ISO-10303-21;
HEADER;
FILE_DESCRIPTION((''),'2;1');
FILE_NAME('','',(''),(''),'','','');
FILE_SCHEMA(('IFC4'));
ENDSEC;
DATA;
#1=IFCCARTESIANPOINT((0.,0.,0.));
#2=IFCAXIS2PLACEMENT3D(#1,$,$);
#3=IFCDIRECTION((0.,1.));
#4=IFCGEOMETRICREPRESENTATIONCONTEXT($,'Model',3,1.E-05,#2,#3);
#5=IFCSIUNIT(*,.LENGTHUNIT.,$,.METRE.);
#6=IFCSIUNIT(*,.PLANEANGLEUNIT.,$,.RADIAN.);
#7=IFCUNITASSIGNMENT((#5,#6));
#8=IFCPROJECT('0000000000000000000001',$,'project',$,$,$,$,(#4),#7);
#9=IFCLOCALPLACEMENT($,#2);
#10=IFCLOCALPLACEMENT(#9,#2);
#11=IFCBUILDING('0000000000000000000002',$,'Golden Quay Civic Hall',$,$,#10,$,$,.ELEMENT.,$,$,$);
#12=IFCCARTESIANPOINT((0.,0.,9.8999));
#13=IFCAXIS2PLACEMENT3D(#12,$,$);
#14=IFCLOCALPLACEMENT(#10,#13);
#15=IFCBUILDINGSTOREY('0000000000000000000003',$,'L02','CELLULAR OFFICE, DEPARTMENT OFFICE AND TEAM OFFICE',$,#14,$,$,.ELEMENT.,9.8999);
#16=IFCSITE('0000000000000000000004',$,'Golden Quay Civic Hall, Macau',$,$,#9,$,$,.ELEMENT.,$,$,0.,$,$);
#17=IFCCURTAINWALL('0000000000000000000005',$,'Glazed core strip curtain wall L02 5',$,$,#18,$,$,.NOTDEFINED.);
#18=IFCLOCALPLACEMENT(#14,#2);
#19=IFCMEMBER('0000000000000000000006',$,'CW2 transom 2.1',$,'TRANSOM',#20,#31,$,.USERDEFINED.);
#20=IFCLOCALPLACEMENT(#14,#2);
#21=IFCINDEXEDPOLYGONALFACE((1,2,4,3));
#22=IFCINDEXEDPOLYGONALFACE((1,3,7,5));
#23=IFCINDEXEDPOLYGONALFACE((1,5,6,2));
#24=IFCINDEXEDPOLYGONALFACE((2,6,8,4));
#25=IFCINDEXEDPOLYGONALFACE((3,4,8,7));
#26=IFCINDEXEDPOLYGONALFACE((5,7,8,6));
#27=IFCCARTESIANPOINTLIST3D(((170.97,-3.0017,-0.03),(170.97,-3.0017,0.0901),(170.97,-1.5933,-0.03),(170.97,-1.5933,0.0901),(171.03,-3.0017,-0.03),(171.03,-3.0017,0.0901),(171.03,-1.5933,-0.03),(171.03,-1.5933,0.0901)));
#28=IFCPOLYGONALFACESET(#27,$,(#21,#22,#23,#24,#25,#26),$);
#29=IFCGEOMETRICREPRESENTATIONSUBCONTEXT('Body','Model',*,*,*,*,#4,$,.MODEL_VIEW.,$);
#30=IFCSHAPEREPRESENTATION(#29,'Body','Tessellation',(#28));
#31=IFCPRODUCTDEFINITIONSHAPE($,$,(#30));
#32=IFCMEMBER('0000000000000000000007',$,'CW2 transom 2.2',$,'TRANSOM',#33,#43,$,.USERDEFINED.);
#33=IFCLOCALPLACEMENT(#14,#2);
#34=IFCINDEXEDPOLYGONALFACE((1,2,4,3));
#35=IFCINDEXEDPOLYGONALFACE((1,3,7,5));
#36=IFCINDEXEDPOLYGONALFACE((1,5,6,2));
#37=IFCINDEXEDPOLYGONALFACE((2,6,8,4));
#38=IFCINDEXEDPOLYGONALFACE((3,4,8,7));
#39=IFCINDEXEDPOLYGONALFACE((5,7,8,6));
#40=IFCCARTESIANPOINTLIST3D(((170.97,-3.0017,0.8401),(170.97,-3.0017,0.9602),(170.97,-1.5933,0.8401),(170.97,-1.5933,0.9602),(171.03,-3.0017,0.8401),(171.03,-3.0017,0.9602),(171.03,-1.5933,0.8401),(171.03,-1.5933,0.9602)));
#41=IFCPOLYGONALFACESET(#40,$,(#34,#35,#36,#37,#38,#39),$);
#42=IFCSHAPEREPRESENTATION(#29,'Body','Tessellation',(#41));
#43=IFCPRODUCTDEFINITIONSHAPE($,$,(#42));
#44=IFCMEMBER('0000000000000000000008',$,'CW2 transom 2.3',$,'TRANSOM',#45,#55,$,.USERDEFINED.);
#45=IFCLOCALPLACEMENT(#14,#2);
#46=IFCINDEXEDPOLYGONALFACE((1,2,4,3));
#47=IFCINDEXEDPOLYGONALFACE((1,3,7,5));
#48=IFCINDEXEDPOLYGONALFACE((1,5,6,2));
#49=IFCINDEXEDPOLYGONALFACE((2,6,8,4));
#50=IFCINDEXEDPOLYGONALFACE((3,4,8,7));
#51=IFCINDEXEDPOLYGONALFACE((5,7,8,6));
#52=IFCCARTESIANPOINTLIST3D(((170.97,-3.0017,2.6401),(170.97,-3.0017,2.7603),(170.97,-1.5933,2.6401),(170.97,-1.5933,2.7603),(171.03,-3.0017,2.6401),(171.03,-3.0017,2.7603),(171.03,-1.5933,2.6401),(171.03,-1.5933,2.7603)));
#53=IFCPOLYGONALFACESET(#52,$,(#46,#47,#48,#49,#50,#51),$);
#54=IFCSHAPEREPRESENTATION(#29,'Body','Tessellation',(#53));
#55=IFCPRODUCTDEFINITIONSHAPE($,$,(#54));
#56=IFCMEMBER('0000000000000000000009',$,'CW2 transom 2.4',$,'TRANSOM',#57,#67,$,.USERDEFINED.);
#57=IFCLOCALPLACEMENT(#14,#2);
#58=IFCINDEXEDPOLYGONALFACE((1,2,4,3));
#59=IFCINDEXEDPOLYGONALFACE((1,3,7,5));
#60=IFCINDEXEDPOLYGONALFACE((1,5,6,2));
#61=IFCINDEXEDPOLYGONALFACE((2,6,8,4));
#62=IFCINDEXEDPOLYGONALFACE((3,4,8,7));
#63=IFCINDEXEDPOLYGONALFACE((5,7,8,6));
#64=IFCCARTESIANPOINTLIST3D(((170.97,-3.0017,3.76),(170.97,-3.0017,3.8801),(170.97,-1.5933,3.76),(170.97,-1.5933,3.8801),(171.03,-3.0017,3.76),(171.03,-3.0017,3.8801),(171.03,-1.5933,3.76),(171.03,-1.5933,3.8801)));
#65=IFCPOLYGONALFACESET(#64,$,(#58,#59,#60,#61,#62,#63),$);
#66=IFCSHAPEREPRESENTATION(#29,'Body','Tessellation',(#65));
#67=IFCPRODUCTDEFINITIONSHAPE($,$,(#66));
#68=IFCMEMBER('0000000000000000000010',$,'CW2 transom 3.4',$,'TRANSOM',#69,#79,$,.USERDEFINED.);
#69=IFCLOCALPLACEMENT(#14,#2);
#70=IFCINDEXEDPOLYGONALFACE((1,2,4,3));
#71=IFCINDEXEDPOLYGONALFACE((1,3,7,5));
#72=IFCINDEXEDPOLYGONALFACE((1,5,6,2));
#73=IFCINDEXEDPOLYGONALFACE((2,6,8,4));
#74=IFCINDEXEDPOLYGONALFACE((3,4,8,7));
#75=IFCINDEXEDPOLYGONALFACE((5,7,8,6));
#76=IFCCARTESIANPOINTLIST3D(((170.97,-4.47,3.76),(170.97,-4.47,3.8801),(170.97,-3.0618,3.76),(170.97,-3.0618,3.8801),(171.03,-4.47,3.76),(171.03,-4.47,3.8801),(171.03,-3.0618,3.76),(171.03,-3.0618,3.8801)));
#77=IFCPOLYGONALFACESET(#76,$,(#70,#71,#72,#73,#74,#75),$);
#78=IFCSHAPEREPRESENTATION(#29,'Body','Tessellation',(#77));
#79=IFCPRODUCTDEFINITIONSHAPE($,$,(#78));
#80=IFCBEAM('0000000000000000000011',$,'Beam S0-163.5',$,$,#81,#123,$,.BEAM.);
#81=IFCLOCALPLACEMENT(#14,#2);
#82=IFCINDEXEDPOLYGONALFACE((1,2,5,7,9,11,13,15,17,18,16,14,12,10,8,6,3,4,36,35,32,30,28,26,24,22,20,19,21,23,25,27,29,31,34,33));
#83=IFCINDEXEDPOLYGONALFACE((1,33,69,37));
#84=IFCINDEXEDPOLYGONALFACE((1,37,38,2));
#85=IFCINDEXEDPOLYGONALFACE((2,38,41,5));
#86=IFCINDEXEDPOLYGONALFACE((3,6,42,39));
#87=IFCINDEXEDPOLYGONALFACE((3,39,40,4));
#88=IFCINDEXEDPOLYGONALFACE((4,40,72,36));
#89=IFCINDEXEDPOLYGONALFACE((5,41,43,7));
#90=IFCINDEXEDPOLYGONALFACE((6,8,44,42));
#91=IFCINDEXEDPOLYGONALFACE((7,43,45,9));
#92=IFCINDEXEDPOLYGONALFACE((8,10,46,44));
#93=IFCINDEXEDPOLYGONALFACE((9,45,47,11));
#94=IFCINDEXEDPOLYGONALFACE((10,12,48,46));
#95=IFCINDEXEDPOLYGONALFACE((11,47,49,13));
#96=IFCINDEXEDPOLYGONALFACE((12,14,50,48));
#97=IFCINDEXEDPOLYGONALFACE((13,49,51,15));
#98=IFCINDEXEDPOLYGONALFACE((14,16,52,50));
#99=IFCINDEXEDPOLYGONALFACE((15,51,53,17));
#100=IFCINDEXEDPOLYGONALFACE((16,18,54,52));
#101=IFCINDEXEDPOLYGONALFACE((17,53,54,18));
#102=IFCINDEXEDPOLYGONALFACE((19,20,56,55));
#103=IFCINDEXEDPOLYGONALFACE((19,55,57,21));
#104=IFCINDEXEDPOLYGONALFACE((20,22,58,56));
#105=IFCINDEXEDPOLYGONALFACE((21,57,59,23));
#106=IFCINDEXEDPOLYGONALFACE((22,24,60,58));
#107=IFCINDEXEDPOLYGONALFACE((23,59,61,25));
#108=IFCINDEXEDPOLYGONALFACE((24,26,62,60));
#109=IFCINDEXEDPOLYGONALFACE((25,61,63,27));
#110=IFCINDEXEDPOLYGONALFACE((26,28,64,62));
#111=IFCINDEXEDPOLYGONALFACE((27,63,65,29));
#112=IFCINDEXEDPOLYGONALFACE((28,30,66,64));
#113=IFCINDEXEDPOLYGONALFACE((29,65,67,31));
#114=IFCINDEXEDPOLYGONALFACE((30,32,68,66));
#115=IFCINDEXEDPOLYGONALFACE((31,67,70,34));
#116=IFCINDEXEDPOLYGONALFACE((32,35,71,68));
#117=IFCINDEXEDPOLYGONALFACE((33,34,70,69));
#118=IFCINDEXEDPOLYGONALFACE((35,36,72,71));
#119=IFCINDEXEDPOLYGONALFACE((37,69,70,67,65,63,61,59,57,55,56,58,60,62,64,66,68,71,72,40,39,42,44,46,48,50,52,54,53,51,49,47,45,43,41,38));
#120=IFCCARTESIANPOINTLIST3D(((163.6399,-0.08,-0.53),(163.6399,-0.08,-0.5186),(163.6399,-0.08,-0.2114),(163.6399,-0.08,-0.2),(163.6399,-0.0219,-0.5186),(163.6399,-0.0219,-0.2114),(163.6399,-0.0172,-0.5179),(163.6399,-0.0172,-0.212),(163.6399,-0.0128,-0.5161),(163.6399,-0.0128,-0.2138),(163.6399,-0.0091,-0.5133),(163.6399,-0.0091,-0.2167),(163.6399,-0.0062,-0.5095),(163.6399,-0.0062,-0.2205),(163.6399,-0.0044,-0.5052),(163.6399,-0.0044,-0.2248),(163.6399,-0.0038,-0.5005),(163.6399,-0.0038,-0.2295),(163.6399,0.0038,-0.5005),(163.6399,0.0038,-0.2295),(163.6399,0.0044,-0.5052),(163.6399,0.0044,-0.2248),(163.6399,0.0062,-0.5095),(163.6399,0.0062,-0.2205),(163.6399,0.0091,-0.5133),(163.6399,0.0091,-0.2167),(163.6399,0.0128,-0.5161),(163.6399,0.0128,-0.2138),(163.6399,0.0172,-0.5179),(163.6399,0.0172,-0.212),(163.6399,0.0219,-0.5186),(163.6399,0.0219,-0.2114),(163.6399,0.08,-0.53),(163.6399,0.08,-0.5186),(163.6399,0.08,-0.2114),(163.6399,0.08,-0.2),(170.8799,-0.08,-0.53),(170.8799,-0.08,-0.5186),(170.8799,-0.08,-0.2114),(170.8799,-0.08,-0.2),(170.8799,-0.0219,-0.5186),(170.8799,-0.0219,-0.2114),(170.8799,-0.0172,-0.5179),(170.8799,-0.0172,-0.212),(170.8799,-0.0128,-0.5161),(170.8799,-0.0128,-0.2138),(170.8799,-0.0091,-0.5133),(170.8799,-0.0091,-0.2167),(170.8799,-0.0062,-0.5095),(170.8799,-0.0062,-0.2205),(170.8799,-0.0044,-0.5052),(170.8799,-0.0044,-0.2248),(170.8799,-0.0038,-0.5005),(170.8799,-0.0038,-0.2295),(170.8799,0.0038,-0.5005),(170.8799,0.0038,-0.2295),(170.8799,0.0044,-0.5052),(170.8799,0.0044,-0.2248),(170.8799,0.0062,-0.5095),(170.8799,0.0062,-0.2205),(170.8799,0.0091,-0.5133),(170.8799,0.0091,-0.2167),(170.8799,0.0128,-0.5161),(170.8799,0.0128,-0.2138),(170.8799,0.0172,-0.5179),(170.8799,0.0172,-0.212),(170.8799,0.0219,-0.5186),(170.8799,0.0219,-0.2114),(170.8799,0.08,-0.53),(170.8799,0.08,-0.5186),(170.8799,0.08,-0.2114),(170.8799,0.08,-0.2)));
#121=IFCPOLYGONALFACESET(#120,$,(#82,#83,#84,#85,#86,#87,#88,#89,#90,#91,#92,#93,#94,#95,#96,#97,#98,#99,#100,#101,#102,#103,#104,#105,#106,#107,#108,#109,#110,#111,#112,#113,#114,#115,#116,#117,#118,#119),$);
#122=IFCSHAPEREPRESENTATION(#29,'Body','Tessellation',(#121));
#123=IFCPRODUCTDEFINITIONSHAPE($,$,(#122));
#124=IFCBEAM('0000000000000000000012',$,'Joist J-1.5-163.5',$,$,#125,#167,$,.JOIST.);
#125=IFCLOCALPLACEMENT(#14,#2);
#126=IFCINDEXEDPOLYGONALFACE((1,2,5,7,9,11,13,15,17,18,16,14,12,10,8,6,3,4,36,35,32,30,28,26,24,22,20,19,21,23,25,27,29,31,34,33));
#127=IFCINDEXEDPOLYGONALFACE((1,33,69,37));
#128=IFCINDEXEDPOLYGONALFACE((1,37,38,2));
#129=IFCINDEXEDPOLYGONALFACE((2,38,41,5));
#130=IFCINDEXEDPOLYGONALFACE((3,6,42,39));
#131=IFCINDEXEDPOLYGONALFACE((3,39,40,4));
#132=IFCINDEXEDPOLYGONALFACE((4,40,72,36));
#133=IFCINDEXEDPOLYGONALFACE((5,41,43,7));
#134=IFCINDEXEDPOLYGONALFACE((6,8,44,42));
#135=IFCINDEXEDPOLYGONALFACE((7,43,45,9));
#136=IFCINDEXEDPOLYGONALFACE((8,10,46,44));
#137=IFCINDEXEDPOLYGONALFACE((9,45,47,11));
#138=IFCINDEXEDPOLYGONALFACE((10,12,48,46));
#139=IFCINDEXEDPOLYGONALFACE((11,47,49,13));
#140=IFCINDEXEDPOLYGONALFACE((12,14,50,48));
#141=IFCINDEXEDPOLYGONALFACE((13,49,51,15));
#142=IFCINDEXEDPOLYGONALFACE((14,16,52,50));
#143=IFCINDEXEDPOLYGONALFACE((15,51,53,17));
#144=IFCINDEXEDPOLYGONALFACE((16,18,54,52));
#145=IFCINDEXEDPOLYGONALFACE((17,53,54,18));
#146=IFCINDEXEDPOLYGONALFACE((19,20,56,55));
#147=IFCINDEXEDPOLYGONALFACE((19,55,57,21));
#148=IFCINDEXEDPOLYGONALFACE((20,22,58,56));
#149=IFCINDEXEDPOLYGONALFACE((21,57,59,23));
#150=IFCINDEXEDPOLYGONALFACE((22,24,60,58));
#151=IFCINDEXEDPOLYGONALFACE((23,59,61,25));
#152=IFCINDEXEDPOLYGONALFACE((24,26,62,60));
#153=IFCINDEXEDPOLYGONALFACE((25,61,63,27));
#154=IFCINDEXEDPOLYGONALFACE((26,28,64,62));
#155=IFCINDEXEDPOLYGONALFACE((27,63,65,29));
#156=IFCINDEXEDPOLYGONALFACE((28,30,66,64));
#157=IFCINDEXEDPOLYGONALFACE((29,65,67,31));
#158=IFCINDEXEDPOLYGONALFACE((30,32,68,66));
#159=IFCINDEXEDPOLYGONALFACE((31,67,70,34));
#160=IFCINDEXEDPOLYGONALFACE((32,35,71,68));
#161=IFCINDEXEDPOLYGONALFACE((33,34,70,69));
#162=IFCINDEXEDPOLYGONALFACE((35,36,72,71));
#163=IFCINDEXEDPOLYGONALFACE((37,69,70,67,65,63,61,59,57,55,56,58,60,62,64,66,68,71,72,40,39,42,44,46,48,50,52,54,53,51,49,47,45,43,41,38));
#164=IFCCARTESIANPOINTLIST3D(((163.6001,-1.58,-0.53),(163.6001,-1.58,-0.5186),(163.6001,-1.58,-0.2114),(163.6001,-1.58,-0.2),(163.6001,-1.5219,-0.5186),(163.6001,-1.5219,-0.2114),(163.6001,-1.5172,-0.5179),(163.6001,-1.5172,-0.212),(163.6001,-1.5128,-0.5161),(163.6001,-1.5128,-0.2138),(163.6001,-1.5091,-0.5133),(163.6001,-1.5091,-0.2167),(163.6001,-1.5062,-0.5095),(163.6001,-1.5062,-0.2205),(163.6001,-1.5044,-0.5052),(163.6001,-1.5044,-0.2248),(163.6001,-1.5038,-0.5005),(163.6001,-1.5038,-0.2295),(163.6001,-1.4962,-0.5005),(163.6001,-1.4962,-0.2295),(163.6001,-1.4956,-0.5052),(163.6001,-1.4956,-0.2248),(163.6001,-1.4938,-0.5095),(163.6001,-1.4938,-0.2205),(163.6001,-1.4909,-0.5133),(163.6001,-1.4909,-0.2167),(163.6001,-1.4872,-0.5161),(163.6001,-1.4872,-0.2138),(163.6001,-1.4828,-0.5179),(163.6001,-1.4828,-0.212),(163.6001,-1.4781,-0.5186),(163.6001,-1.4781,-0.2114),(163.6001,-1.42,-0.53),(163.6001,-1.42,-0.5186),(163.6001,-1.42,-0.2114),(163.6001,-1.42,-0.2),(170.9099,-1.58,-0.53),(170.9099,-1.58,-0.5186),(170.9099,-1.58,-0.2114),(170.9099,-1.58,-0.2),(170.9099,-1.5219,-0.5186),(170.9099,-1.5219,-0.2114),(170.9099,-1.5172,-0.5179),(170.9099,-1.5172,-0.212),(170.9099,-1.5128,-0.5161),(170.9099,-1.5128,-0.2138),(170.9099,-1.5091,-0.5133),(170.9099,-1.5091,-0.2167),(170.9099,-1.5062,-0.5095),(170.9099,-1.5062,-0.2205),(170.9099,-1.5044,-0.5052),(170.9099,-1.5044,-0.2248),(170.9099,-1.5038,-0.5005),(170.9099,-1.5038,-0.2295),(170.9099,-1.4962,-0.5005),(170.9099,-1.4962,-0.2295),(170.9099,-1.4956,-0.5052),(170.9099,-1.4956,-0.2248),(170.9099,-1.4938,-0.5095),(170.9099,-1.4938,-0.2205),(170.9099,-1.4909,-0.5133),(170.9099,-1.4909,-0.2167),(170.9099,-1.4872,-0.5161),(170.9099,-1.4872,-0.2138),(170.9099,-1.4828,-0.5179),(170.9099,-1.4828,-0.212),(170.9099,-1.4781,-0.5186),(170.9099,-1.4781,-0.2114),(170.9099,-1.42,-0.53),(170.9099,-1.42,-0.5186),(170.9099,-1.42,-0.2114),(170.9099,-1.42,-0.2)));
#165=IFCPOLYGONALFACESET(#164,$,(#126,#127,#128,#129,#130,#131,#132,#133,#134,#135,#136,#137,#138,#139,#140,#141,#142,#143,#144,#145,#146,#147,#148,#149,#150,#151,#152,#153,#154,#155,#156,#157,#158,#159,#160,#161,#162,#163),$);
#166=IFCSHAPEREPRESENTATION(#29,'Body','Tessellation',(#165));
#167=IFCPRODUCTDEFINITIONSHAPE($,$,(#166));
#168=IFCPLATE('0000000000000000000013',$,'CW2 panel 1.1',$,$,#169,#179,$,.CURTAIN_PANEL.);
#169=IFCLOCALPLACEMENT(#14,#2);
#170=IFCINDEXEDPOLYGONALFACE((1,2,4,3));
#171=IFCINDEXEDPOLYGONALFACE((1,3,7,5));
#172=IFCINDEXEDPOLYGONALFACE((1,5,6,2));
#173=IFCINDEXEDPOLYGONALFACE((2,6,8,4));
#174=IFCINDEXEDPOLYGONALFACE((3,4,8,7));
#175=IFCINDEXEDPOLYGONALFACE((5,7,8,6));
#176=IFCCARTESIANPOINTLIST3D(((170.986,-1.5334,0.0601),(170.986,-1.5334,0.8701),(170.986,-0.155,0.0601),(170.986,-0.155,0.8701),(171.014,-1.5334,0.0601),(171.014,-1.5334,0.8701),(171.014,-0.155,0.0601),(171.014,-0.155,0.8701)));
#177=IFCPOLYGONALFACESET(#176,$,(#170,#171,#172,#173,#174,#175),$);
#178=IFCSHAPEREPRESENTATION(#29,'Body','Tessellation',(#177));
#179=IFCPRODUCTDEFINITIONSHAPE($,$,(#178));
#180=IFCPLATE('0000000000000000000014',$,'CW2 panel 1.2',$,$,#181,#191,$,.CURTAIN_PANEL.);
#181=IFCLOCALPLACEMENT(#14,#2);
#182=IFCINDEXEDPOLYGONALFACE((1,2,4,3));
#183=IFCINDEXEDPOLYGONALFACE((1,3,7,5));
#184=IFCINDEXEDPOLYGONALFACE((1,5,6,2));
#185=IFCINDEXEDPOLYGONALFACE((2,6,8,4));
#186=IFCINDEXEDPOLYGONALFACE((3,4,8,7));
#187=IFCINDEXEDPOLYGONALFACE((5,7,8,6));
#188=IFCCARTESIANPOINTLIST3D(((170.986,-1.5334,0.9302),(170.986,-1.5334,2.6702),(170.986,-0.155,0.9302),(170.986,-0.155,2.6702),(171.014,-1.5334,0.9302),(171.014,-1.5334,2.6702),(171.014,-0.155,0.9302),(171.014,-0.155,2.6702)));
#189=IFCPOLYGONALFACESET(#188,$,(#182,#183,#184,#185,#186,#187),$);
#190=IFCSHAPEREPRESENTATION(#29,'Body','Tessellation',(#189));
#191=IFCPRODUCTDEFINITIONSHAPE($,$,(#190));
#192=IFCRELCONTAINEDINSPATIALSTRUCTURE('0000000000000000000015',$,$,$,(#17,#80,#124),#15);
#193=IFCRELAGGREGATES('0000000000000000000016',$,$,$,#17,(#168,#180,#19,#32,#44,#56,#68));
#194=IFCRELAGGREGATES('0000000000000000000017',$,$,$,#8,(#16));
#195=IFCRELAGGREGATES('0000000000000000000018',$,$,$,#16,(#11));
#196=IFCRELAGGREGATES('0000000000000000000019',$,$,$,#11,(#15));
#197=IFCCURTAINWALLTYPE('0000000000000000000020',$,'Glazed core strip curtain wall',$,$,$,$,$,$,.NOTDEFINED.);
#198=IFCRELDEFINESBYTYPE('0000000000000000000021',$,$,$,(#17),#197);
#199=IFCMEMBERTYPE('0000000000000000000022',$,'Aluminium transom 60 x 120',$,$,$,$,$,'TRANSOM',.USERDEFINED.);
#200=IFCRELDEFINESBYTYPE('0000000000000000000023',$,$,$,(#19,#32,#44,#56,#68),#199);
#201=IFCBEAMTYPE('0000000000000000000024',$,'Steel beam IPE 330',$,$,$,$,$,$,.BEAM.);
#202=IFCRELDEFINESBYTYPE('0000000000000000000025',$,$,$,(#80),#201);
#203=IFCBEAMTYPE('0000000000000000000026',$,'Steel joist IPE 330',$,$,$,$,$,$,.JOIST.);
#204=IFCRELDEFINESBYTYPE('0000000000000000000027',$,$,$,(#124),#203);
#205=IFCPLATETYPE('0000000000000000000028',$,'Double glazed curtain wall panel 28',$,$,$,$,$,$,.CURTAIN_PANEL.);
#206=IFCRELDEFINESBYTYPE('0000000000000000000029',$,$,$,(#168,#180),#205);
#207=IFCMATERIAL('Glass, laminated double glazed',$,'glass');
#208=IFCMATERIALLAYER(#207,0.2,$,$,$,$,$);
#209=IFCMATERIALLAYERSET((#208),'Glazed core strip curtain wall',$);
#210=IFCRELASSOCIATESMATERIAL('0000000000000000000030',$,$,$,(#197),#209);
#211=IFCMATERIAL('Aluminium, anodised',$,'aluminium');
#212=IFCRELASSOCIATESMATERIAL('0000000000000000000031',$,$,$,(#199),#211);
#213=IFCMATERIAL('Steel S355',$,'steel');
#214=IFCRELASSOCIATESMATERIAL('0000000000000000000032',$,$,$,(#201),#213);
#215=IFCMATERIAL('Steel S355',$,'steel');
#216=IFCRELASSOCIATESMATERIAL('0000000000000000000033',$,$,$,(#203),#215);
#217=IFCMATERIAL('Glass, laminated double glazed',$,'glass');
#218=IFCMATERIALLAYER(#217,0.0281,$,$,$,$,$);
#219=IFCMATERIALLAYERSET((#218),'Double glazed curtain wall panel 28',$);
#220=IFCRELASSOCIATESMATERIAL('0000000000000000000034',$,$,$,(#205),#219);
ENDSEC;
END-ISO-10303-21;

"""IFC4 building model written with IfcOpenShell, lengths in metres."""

from ifc_helpers import new_model, si_unit, direction, frame, origin, origin_2d, place, context, subcontext, project, spatial, rectangle, i_section, extrude, material, layer, layer_set, material_profile, profile_set, type_object, element, aggregate, save


model = new_model("IFC4")

# Units and contexts
model_context = context("Model", 3, precision=1e-05, world=origin(), true_north=direction((0.0, 1.0)))
body_context = subcontext(model_context, "Body", "Model", "MODEL_VIEW")
ifc_project = project(units=[si_unit("LENGTHUNIT", "METRE"), si_unit("PLANEANGLEUNIT", "RADIAN")], contexts=[model_context])

# Site, building, storey
site_placement = place(None, origin())
site = spatial("IfcSite", under=ifc_project, at=site_placement, Name="Golden Quay Civic Hall, Macau", CompositionType="ELEMENT", RefElevation=0.0)
building_placement = place(site_placement, origin())
building = spatial("IfcBuilding", under=site, at=building_placement, Name="Golden Quay Civic Hall", CompositionType="ELEMENT")
storey_placement = place(building_placement, frame((0.0, 0.0, 9.8999)))
storey = spatial("IfcBuildingStorey", under=building, at=storey_placement, Name="L02", Description="CELLULAR OFFICE, DEPARTMENT OFFICE AND TEAM OFFICE", CompositionType="ELEMENT", Elevation=9.8999)

# Curtain wall, members
ifc_material_1 = material(Name="Glass, laminated double glazed", Category="glass")
ifc_layer_1 = layer(ifc_material_1, 0.2)
ifc_layer_set_1 = layer_set([ifc_layer_1], Name="Glazed core strip curtain wall")
curtain_wall_type = type_object("IfcCurtainWallType", Name="Glazed core strip curtain wall", PredefinedType="NOTDEFINED", material=ifc_layer_set_1)
curtain_wall_placement = place(storey_placement, origin())
curtain_wall = element("IfcCurtainWall", 1, at=curtain_wall_placement, inside=storey, type_object=curtain_wall_type, Name="Glazed core strip curtain wall L02 5", PredefinedType="NOTDEFINED")
ifc_material_2 = material(Name="Aluminium, anodised", Category="aluminium")
ifc_material_profile_1 = material_profile(ifc_material_2, rectangle(XDim=0.0601, YDim=0.1201, at=origin_2d()), Name="Aluminium 60 x 120")
ifc_profile_set_1 = profile_set([ifc_material_profile_1], Name="Aluminium, anodised")
member_type_1 = type_object("IfcMemberType", Name="Aluminium transom 60 x 120", ElementType="TRANSOM", PredefinedType="USERDEFINED", material=ifc_profile_set_1)
member_1_placement = place(storey_placement, frame((171.0, -1.5933, 0.03), z_axis=(0.0, -1.0, 0.0), x_axis=(1.0, 0.0, 0.0)))
member_1 = element("IfcMember", 2, at=member_1_placement, type_object=member_type_1, Name="CW2 transom 2.1", ObjectType="TRANSOM", PredefinedType="USERDEFINED", context=body_context, shape_type="SweptSolid", body=[
    extrude(rectangle(XDim=0.0601, YDim=0.1201, at=origin_2d()), origin(), (0.0, 0.0, 1.0), 1.4084),
])
member_2_placement = place(storey_placement, frame((171.0, -1.5933, 0.9001), z_axis=(0.0, -1.0, 0.0), x_axis=(1.0, 0.0, 0.0)))
member_2 = element("IfcMember", 3, at=member_2_placement, type_object=member_type_1, Name="CW2 transom 2.2", ObjectType="TRANSOM", PredefinedType="USERDEFINED", context=body_context, shape_type="SweptSolid", body=[
    extrude(rectangle(XDim=0.0601, YDim=0.1201, at=origin_2d()), origin(), (0.0, 0.0, 1.0), 1.4084),
])
member_3_placement = place(storey_placement, frame((171.0, -1.5933, 2.7002), z_axis=(0.0, -1.0, 0.0), x_axis=(1.0, 0.0, 0.0)))
member_3 = element("IfcMember", 4, at=member_3_placement, type_object=member_type_1, Name="CW2 transom 2.3", ObjectType="TRANSOM", PredefinedType="USERDEFINED", context=body_context, shape_type="SweptSolid", body=[
    extrude(rectangle(XDim=0.0601, YDim=0.1201, at=origin_2d()), origin(), (0.0, 0.0, 1.0), 1.4084),
])
member_4_placement = place(storey_placement, frame((171.0, -1.5933, 3.8201), z_axis=(0.0, -1.0, 0.0), x_axis=(1.0, 0.0, 0.0)))
member_4 = element("IfcMember", 5, at=member_4_placement, type_object=member_type_1, Name="CW2 transom 2.4", ObjectType="TRANSOM", PredefinedType="USERDEFINED", context=body_context, shape_type="SweptSolid", body=[
    extrude(rectangle(XDim=0.0601, YDim=0.1201, at=origin_2d()), origin(), (0.0, 0.0, 1.0), 1.4084),
])
member_5_placement = place(storey_placement, frame((171.0, -3.0618, 3.8201), z_axis=(0.0, -1.0, 0.0), x_axis=(1.0, 0.0, 0.0)))
member_5 = element("IfcMember", 6, at=member_5_placement, type_object=member_type_1, Name="CW2 transom 3.4", ObjectType="TRANSOM", PredefinedType="USERDEFINED", context=body_context, shape_type="SweptSolid", body=[
    extrude(rectangle(XDim=0.0601, YDim=0.1201, at=origin_2d()), origin(), (0.0, 0.0, 1.0), 1.4082),
])

# Beams
ifc_material_3 = material(Name="Steel S355", Category="steel")
ifc_material_profile_2 = material_profile(ifc_material_3, i_section(OverallWidth=0.1599, OverallDepth=0.3301, WebThickness=0.0076, FlangeThickness=0.0115, FilletRadius=0.0181, at=origin_2d()), Name="IPE 330")
ifc_profile_set_2 = profile_set([ifc_material_profile_2], Name="Steel S355")
beam_type_1 = type_object("IfcBeamType", Name="Steel beam IPE 330", PredefinedType="BEAM", material=ifc_profile_set_2)
beam_1_placement = place(storey_placement, frame((163.6399, 0.0, -0.365), z_axis=(1.0, 0.0, 0.0), x_axis=(0.0, 1.0, 0.0)))
element("IfcBeam", 7, at=beam_1_placement, inside=storey, type_object=beam_type_1, Name="Beam S0-163.5", PredefinedType="BEAM", context=body_context, shape_type="SweptSolid", body=[
    extrude(i_section(OverallWidth=0.1599, OverallDepth=0.3301, WebThickness=0.0076, FlangeThickness=0.0115, FilletRadius=0.0181, at=origin_2d()), origin(), (0.0, 0.0, 1.0), 7.24),
])
ifc_material_4 = material(Name="Steel S355", Category="steel")
ifc_material_profile_3 = material_profile(ifc_material_4, i_section(OverallWidth=0.1599, OverallDepth=0.3301, WebThickness=0.0076, FlangeThickness=0.0115, FilletRadius=0.0181, at=origin_2d()), Name="IPE 330")
ifc_profile_set_3 = profile_set([ifc_material_profile_3], Name="Steel S355")
beam_type_2 = type_object("IfcBeamType", Name="Steel joist IPE 330", PredefinedType="JOIST", material=ifc_profile_set_3)
beam_2_placement = place(storey_placement, frame((163.6001, -1.5, -0.365), z_axis=(1.0, 0.0, 0.0), x_axis=(0.0, 1.0, 0.0)))
element("IfcBeam", 8, at=beam_2_placement, inside=storey, type_object=beam_type_2, Name="Joist J-1.5-163.5", PredefinedType="JOIST", context=body_context, shape_type="SweptSolid", body=[
    extrude(i_section(OverallWidth=0.1599, OverallDepth=0.3301, WebThickness=0.0076, FlangeThickness=0.0115, FilletRadius=0.0181, at=origin_2d()), origin(), (0.0, 0.0, 1.0), 7.3098),
])

# Plates
ifc_material_5 = material(Name="Glass, laminated double glazed", Category="glass")
ifc_layer_2 = layer(ifc_material_5, 0.0281)
ifc_layer_set_2 = layer_set([ifc_layer_2], Name="Double glazed curtain wall panel 28")
plate_type = type_object("IfcPlateType", Name="Double glazed curtain wall panel 28", PredefinedType="CURTAIN_PANEL", material=ifc_layer_set_2)
plate_1_placement = place(storey_placement, frame((171.0, -0.8442, 0.0601), z_axis=(0.0, 0.0, 1.0), x_axis=(0.0, -1.0, 0.0)))
plate_1 = element("IfcPlate", 9, at=plate_1_placement, type_object=plate_type, Name="CW2 panel 1.1", PredefinedType="CURTAIN_PANEL", context=body_context, shape_type="SweptSolid", body=[
    extrude(rectangle(XDim=1.3784, YDim=0.0281, at=origin_2d()), origin(), (0.0, 0.0, 1.0), 0.8101),
])
plate_2_placement = place(storey_placement, frame((171.0, -0.8442, 0.9302), z_axis=(0.0, 0.0, 1.0), x_axis=(0.0, -1.0, 0.0)))
plate_2 = element("IfcPlate", 10, at=plate_2_placement, type_object=plate_type, Name="CW2 panel 1.2", PredefinedType="CURTAIN_PANEL", context=body_context, shape_type="SweptSolid", body=[
    extrude(rectangle(XDim=1.3784, YDim=0.0281, at=origin_2d()), origin(), (0.0, 0.0, 1.0), 1.74),
])
aggregate(curtain_wall, [plate_1, plate_2, member_1, member_2, member_3, member_4, member_5])

save(model, "model.ifc")
